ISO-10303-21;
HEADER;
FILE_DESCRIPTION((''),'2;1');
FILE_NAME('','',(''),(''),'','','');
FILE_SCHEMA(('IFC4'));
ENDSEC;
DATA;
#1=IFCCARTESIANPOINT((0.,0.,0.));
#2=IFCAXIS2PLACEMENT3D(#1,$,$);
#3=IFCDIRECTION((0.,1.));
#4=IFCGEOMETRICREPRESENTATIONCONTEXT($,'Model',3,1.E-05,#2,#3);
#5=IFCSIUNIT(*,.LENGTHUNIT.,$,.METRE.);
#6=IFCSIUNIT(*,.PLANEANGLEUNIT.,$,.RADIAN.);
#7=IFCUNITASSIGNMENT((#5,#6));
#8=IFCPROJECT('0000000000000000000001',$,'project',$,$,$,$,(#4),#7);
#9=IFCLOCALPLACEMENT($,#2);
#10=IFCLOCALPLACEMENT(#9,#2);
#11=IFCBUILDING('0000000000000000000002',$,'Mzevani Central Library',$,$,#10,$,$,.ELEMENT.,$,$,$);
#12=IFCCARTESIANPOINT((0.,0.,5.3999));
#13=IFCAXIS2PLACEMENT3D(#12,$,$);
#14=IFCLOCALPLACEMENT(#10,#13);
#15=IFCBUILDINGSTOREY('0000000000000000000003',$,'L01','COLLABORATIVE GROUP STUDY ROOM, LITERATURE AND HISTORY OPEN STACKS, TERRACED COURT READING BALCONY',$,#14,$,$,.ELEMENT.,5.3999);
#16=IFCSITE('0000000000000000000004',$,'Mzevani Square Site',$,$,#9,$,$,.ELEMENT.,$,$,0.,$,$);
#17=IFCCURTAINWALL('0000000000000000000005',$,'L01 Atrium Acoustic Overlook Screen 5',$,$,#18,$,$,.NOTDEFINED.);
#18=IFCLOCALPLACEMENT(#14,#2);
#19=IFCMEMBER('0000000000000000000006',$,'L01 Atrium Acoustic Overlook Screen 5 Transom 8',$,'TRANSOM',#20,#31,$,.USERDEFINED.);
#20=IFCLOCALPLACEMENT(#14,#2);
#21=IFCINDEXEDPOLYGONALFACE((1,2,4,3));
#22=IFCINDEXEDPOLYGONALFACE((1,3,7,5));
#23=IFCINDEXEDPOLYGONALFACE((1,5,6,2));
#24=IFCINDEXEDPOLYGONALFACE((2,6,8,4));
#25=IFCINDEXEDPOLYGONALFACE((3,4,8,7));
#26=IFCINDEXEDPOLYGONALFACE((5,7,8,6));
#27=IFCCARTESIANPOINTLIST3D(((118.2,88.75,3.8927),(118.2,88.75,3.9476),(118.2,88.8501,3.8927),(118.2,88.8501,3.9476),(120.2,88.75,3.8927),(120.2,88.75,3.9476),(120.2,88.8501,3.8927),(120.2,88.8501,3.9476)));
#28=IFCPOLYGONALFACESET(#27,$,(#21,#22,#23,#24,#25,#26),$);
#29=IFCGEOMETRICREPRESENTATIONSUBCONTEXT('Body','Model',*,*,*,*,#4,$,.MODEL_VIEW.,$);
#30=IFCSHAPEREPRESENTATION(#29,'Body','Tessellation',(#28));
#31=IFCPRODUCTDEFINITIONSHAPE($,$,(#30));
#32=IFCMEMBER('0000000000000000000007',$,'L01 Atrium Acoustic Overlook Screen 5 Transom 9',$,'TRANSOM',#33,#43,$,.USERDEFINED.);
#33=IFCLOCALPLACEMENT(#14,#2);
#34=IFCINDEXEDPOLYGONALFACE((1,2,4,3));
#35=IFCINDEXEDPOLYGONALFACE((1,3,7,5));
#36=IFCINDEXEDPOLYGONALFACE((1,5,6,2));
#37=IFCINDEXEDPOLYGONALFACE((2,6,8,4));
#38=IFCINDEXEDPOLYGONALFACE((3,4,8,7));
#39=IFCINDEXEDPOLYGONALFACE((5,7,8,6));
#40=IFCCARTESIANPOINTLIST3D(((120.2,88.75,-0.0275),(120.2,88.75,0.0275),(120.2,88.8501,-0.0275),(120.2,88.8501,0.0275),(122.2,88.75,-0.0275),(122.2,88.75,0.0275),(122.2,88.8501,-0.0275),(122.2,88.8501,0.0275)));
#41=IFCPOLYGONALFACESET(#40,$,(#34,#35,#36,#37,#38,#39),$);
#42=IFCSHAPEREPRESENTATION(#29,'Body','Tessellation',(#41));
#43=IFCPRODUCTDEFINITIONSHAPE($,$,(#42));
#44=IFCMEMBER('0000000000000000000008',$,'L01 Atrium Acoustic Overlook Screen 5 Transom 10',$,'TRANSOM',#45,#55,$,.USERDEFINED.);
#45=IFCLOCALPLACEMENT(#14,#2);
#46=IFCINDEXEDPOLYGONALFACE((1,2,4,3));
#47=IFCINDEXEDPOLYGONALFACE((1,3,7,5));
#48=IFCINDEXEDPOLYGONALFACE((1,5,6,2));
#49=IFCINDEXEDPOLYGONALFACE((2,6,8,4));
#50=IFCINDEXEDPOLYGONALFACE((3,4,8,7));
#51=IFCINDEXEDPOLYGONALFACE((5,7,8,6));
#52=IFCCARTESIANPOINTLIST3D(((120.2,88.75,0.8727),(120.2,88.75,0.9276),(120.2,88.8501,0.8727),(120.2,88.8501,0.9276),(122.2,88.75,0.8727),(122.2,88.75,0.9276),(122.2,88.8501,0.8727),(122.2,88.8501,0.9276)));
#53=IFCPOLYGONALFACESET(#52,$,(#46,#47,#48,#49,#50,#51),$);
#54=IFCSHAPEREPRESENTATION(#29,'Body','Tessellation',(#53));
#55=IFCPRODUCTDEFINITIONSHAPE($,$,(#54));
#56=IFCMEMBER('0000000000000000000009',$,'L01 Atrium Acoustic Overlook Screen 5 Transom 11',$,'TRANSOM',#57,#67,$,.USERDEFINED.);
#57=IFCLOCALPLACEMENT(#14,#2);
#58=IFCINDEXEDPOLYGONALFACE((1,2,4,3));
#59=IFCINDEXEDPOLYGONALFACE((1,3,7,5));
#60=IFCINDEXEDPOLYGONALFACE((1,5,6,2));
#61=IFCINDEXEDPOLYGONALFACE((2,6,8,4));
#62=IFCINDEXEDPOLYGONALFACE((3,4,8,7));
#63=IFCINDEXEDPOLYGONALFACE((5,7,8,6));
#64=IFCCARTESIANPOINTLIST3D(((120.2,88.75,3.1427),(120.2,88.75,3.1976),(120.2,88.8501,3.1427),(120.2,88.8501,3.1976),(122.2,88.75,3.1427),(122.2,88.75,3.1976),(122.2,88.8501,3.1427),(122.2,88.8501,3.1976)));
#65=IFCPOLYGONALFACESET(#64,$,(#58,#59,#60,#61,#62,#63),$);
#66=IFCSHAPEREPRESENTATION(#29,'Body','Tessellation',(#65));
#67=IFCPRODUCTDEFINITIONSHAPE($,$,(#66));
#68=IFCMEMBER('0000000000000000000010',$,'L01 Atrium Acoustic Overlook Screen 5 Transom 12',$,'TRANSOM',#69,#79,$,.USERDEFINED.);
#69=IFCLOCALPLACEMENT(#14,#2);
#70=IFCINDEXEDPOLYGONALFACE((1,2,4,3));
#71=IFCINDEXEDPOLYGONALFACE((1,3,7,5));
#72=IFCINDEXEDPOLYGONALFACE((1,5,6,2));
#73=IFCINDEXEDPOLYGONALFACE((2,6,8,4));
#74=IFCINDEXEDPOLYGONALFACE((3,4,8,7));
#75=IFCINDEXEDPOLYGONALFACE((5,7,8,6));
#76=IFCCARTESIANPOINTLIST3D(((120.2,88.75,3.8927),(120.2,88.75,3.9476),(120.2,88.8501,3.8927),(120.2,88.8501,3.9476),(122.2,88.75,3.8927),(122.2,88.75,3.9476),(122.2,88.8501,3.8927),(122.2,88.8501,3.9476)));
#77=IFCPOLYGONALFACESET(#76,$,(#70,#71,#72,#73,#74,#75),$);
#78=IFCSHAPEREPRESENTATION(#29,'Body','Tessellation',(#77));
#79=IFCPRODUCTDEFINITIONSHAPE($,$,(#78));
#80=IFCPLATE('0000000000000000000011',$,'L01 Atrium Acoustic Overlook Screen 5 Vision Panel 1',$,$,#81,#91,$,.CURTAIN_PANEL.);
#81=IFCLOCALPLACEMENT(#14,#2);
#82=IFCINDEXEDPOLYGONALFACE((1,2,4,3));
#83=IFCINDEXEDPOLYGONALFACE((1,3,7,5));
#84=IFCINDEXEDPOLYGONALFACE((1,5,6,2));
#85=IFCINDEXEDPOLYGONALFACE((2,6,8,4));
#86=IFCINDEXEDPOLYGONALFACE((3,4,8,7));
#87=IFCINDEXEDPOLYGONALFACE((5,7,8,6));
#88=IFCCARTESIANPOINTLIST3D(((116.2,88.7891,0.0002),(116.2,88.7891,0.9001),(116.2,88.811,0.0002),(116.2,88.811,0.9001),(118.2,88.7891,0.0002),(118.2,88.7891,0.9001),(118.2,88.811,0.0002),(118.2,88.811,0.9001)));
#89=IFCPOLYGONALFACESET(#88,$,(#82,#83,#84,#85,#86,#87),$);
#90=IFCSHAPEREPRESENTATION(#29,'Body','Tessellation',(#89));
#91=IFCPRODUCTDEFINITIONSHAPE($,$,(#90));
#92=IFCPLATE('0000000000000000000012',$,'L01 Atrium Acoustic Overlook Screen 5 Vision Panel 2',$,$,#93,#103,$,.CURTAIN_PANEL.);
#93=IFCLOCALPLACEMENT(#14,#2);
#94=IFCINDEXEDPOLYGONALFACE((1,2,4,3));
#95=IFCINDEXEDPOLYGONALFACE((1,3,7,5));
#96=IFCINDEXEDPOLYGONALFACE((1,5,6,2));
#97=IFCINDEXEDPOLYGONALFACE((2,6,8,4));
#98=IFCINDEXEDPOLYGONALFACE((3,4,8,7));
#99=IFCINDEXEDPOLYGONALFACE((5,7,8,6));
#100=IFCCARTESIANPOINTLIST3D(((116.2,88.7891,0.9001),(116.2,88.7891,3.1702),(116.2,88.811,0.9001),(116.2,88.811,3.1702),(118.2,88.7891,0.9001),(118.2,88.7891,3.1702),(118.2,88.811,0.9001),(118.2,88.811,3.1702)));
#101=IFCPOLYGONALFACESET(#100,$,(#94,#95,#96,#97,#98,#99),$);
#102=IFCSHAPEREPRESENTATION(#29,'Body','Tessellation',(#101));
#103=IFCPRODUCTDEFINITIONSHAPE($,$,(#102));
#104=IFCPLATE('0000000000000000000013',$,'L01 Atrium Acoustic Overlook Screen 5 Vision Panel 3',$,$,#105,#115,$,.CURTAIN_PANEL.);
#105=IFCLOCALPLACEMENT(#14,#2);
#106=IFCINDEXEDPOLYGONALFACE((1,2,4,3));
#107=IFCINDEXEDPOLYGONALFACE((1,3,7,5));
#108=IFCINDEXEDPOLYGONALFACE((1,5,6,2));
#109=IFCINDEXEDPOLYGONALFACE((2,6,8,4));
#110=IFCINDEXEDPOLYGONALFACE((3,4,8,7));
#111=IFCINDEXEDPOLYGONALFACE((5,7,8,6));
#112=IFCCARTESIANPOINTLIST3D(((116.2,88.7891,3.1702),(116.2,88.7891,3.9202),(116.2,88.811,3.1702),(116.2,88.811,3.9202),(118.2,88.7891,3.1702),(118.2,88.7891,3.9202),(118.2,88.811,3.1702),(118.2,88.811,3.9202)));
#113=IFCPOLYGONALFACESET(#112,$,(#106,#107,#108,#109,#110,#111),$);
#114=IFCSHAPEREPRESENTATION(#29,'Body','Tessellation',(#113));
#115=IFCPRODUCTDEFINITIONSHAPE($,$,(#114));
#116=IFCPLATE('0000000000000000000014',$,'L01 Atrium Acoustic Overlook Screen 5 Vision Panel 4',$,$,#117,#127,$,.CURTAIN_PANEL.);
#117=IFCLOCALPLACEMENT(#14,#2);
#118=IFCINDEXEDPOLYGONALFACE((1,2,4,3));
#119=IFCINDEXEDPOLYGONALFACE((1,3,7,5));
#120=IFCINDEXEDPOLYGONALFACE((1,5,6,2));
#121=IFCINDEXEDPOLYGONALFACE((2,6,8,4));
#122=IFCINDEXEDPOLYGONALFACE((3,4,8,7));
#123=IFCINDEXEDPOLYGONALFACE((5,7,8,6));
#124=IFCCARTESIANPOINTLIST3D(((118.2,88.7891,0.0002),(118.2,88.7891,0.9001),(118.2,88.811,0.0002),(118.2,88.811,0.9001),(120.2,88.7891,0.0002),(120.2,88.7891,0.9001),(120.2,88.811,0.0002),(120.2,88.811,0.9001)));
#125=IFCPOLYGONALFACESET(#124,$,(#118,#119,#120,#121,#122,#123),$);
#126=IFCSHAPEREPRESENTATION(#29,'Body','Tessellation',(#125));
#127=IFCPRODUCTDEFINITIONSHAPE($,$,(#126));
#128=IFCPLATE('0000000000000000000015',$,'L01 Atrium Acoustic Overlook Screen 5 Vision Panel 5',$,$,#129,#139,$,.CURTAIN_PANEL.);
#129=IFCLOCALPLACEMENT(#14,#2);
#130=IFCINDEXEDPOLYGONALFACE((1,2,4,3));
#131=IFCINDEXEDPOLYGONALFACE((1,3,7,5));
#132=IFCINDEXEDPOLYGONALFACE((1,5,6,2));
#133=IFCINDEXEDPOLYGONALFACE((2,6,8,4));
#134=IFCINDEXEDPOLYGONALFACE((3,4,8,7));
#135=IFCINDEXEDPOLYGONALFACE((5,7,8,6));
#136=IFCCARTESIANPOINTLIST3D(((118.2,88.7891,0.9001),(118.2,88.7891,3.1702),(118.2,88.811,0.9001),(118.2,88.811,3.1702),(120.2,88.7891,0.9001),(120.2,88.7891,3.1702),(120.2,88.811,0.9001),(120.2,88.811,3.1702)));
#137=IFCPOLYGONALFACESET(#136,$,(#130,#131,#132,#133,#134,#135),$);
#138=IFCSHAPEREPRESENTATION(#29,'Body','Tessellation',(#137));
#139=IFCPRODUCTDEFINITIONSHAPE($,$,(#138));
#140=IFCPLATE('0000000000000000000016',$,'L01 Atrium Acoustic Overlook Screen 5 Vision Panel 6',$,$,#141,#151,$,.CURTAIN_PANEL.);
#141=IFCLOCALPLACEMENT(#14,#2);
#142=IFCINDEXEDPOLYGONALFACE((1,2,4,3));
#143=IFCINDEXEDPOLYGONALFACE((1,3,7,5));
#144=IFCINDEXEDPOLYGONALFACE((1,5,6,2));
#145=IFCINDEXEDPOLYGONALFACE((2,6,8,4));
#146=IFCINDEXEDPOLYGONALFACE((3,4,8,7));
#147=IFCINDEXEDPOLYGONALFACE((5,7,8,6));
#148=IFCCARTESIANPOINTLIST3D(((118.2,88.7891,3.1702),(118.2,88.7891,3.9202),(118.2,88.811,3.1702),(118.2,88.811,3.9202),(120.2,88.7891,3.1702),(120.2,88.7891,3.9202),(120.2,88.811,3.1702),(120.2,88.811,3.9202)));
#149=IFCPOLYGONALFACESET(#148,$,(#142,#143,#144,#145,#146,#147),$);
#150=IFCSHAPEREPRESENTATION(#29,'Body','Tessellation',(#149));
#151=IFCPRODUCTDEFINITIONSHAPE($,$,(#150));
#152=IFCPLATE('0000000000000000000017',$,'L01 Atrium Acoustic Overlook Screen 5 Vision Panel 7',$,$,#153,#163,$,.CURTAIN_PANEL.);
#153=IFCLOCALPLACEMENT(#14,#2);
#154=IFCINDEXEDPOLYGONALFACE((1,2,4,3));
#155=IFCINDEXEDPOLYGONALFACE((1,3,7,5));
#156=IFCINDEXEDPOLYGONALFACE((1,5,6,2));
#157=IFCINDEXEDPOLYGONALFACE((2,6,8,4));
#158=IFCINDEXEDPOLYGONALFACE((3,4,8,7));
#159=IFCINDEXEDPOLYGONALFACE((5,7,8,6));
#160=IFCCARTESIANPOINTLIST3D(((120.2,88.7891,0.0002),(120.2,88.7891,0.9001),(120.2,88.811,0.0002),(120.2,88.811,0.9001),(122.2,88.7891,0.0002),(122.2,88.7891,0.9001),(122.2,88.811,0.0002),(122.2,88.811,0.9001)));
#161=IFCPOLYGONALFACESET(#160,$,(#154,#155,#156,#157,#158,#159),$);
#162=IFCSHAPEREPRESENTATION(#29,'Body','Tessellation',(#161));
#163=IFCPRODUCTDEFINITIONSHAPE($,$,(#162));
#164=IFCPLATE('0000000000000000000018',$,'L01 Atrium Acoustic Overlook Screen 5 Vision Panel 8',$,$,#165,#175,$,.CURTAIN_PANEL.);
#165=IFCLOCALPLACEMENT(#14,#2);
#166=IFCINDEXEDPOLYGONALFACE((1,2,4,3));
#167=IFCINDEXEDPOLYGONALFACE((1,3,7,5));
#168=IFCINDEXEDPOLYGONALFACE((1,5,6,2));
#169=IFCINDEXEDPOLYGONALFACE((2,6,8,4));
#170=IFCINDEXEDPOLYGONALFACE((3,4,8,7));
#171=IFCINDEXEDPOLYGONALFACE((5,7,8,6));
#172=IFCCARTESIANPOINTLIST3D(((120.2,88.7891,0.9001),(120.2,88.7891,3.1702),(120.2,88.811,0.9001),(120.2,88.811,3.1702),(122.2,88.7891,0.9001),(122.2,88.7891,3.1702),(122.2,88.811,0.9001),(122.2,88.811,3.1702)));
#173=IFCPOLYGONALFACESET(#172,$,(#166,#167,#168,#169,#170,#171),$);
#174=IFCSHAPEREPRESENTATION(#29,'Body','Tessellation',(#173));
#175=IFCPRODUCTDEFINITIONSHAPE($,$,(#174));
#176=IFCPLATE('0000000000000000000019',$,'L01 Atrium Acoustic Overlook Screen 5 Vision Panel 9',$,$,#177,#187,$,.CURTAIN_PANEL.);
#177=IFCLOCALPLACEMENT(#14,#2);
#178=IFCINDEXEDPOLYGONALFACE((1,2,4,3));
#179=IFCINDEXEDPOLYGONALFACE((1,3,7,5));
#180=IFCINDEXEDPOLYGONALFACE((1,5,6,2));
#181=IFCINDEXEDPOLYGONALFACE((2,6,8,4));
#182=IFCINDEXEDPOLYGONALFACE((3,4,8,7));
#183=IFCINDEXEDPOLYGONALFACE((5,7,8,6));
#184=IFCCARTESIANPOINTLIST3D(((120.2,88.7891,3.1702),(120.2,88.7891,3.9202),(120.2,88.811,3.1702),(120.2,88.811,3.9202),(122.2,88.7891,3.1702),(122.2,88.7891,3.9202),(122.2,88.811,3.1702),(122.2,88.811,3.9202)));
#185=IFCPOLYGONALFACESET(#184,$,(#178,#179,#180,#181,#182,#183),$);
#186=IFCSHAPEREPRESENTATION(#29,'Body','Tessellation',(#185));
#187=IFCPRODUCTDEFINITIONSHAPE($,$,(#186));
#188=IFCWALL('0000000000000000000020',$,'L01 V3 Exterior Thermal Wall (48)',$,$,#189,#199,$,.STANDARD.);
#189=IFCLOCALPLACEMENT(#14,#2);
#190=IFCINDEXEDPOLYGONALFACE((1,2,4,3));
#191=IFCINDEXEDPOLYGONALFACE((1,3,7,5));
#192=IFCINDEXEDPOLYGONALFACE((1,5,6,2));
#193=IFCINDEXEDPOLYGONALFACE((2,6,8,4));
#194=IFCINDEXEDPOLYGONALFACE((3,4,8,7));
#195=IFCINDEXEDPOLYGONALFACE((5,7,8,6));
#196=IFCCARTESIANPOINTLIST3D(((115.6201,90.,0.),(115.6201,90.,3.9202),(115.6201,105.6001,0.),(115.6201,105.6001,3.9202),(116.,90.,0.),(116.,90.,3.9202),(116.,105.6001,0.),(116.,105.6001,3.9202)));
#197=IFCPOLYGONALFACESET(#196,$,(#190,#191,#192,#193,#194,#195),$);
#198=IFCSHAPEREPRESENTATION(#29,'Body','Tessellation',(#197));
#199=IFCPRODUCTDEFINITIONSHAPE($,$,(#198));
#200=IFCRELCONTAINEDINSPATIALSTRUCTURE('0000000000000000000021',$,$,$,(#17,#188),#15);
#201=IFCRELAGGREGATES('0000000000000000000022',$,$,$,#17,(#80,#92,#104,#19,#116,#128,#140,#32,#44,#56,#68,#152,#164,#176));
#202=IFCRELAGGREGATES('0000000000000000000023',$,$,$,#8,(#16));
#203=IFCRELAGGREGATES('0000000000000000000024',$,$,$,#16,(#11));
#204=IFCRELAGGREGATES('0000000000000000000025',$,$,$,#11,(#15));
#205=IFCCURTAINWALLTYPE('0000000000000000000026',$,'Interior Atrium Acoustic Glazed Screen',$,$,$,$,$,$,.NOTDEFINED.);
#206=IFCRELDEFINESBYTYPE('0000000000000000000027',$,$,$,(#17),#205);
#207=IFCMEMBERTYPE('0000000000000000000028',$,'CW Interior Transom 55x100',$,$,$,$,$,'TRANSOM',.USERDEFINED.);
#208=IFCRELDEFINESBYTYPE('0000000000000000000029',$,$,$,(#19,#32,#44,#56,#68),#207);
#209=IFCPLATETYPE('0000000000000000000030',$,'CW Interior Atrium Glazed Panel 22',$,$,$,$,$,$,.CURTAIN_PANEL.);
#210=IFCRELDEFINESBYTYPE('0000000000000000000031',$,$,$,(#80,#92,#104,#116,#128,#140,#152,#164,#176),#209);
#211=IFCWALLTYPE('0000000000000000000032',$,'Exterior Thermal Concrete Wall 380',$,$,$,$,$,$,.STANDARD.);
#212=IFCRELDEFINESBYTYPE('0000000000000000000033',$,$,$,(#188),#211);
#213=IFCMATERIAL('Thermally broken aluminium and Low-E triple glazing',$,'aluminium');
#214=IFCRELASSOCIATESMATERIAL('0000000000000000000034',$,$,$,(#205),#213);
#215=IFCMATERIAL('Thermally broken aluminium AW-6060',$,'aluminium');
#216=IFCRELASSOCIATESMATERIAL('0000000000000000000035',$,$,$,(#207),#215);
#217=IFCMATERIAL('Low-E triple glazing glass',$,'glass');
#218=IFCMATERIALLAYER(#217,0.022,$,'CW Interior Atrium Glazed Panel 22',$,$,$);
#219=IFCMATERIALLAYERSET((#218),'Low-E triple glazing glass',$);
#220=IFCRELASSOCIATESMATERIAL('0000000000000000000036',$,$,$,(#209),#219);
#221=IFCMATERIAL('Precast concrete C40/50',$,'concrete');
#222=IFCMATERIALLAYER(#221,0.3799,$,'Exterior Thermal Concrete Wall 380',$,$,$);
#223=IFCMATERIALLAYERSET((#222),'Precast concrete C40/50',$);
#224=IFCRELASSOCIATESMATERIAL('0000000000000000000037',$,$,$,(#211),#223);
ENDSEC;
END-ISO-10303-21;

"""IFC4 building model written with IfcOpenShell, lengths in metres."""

from ifc_helpers import new_model, si_unit, direction, frame, frame_2d, origin, origin_2d, place, context, subcontext, project, spatial, rectangle, extrude, material, layer, layer_set, material_profile, profile_set, type_object, element, aggregate, save


model = new_model("IFC4")

# Units and contexts
model_context = context("Model", 3, precision=1e-05, world=origin(), true_north=direction((0.0, 1.0)))
body_context = subcontext(model_context, "Body", "Model", "MODEL_VIEW")
ifc_project = project(units=[si_unit("LENGTHUNIT", "METRE"), si_unit("PLANEANGLEUNIT", "RADIAN")], contexts=[model_context])

# Site, building, storey
site_placement = place(None, origin())
site = spatial("IfcSite", under=ifc_project, at=site_placement, Name="Mzevani Square Site", CompositionType="ELEMENT", RefElevation=0.0)
building_placement = place(site_placement, origin())
building = spatial("IfcBuilding", under=site, at=building_placement, Name="Mzevani Central Library", CompositionType="ELEMENT")
storey_placement = place(building_placement, frame((0.0, 0.0, 5.3999)))
storey = spatial("IfcBuildingStorey", under=building, at=storey_placement, Name="L01", Description="COLLABORATIVE GROUP STUDY ROOM, LITERATURE AND HISTORY OPEN STACKS, TERRACED COURT READING BALCONY", CompositionType="ELEMENT", Elevation=5.3999)

# Curtain wall, members, plates
ifc_material_1 = material(Name="Thermally broken aluminium and Low-E triple glazing", Category="aluminium")
curtain_wall_type = type_object("IfcCurtainWallType", Name="Interior Atrium Acoustic Glazed Screen", PredefinedType="NOTDEFINED", material=ifc_material_1)
curtain_wall_placement = place(storey_placement, origin())
curtain_wall = element("IfcCurtainWall", 1, at=curtain_wall_placement, inside=storey, type_object=curtain_wall_type, Name="L01 Atrium Acoustic Overlook Screen 5", PredefinedType="NOTDEFINED")
ifc_material_2 = material(Name="Thermally broken aluminium AW-6060", Category="aluminium")
ifc_material_profile_1 = material_profile(ifc_material_2, rectangle(XDim=0.1001, YDim=0.0549, at=origin_2d()), Name="ALU T55x100")
ifc_profile_set_1 = profile_set([ifc_material_profile_1], Name="Thermally broken aluminium AW-6060")
member_type_1 = type_object("IfcMemberType", Name="CW Interior Transom 55x100", ElementType="TRANSOM", PredefinedType="USERDEFINED", material=ifc_profile_set_1)
member_1_placement = place(storey_placement, frame((118.2, 88.8, 3.9202), z_axis=(1.0, 0.0, 0.0), x_axis=(0.0, 1.0, 0.0)))
member_1 = element("IfcMember", 2, at=member_1_placement, type_object=member_type_1, Name="L01 Atrium Acoustic Overlook Screen 5 Transom 8", ObjectType="TRANSOM", PredefinedType="USERDEFINED", context=body_context, shape_type="SweptSolid", body=[
    extrude(rectangle(XDim=0.1001, YDim=0.0549, at=origin_2d()), origin(), (0.0, 0.0, 1.0), 2.0),
])
member_2_placement = place(storey_placement, frame((120.2, 88.8, 0.0), z_axis=(1.0, 0.0, 0.0), x_axis=(0.0, 1.0, 0.0)))
member_2 = element("IfcMember", 3, at=member_2_placement, type_object=member_type_1, Name="L01 Atrium Acoustic Overlook Screen 5 Transom 9", ObjectType="TRANSOM", PredefinedType="USERDEFINED", context=body_context, shape_type="SweptSolid", body=[
    extrude(rectangle(XDim=0.1001, YDim=0.0549, at=origin_2d()), origin(), (0.0, 0.0, 1.0), 2.0),
])
member_3_placement = place(storey_placement, frame((120.2, 88.8, 0.9001), z_axis=(1.0, 0.0, 0.0), x_axis=(0.0, 1.0, 0.0)))
member_3 = element("IfcMember", 4, at=member_3_placement, type_object=member_type_1, Name="L01 Atrium Acoustic Overlook Screen 5 Transom 10", ObjectType="TRANSOM", PredefinedType="USERDEFINED", context=body_context, shape_type="SweptSolid", body=[
    extrude(rectangle(XDim=0.1001, YDim=0.0549, at=origin_2d()), origin(), (0.0, 0.0, 1.0), 2.0),
])
member_4_placement = place(storey_placement, frame((120.2, 88.8, 3.1702), z_axis=(1.0, 0.0, 0.0), x_axis=(0.0, 1.0, 0.0)))
member_4 = element("IfcMember", 5, at=member_4_placement, type_object=member_type_1, Name="L01 Atrium Acoustic Overlook Screen 5 Transom 11", ObjectType="TRANSOM", PredefinedType="USERDEFINED", context=body_context, shape_type="SweptSolid", body=[
    extrude(rectangle(XDim=0.1001, YDim=0.0549, at=origin_2d()), origin(), (0.0, 0.0, 1.0), 2.0),
])
member_5_placement = place(storey_placement, frame((120.2, 88.8, 3.9202), z_axis=(1.0, 0.0, 0.0), x_axis=(0.0, 1.0, 0.0)))
member_5 = element("IfcMember", 6, at=member_5_placement, type_object=member_type_1, Name="L01 Atrium Acoustic Overlook Screen 5 Transom 12", ObjectType="TRANSOM", PredefinedType="USERDEFINED", context=body_context, shape_type="SweptSolid", body=[
    extrude(rectangle(XDim=0.1001, YDim=0.0549, at=origin_2d()), origin(), (0.0, 0.0, 1.0), 2.0),
])
ifc_material_3 = material(Name="Low-E triple glazing glass", Category="glass")
ifc_layer_1 = layer(ifc_material_3, 0.022, Name="CW Interior Atrium Glazed Panel 22")
ifc_layer_set_1 = layer_set([ifc_layer_1], Name="Low-E triple glazing glass")
plate_type = type_object("IfcPlateType", Name="CW Interior Atrium Glazed Panel 22", PredefinedType="CURTAIN_PANEL", material=ifc_layer_set_1)
plate_1_placement = place(storey_placement, frame((117.2, 88.8, 0.0002), z_axis=(0.0, 0.0, 1.0), x_axis=(1.0, 0.0, 0.0)))
plate_1 = element("IfcPlate", 7, at=plate_1_placement, type_object=plate_type, Name="L01 Atrium Acoustic Overlook Screen 5 Vision Panel 1", PredefinedType="CURTAIN_PANEL", context=body_context, shape_type="SweptSolid", body=[
    extrude(rectangle(XDim=2.0, YDim=0.022, at=origin_2d()), origin(), (0.0, 0.0, 1.0), 0.8999),
])
plate_2_placement = place(storey_placement, frame((117.2, 88.8, 0.9001), z_axis=(0.0, 0.0, 1.0), x_axis=(1.0, 0.0, 0.0)))
plate_2 = element("IfcPlate", 8, at=plate_2_placement, type_object=plate_type, Name="L01 Atrium Acoustic Overlook Screen 5 Vision Panel 2", PredefinedType="CURTAIN_PANEL", context=body_context, shape_type="SweptSolid", body=[
    extrude(rectangle(XDim=2.0, YDim=0.022, at=origin_2d()), origin(), (0.0, 0.0, 1.0), 2.27),
])
plate_3_placement = place(storey_placement, frame((117.2, 88.8, 3.1702), z_axis=(0.0, 0.0, 1.0), x_axis=(1.0, 0.0, 0.0)))
plate_3 = element("IfcPlate", 9, at=plate_3_placement, type_object=plate_type, Name="L01 Atrium Acoustic Overlook Screen 5 Vision Panel 3", PredefinedType="CURTAIN_PANEL", context=body_context, shape_type="SweptSolid", body=[
    extrude(rectangle(XDim=2.0, YDim=0.022, at=origin_2d()), origin(), (0.0, 0.0, 1.0), 0.75),
])
plate_4_placement = place(storey_placement, frame((119.2, 88.8, 0.0002), z_axis=(0.0, 0.0, 1.0), x_axis=(1.0, 0.0, 0.0)))
plate_4 = element("IfcPlate", 10, at=plate_4_placement, type_object=plate_type, Name="L01 Atrium Acoustic Overlook Screen 5 Vision Panel 4", PredefinedType="CURTAIN_PANEL", context=body_context, shape_type="SweptSolid", body=[
    extrude(rectangle(XDim=2.0, YDim=0.022, at=origin_2d()), origin(), (0.0, 0.0, 1.0), 0.8999),
])
plate_5_placement = place(storey_placement, frame((119.2, 88.8, 0.9001), z_axis=(0.0, 0.0, 1.0), x_axis=(1.0, 0.0, 0.0)))
plate_5 = element("IfcPlate", 11, at=plate_5_placement, type_object=plate_type, Name="L01 Atrium Acoustic Overlook Screen 5 Vision Panel 5", PredefinedType="CURTAIN_PANEL", context=body_context, shape_type="SweptSolid", body=[
    extrude(rectangle(XDim=2.0, YDim=0.022, at=origin_2d()), origin(), (0.0, 0.0, 1.0), 2.27),
])
plate_6_placement = place(storey_placement, frame((119.2, 88.8, 3.1702), z_axis=(0.0, 0.0, 1.0), x_axis=(1.0, 0.0, 0.0)))
plate_6 = element("IfcPlate", 12, at=plate_6_placement, type_object=plate_type, Name="L01 Atrium Acoustic Overlook Screen 5 Vision Panel 6", PredefinedType="CURTAIN_PANEL", context=body_context, shape_type="SweptSolid", body=[
    extrude(rectangle(XDim=2.0, YDim=0.022, at=origin_2d()), origin(), (0.0, 0.0, 1.0), 0.75),
])
plate_7_placement = place(storey_placement, frame((121.2, 88.8, 0.0002), z_axis=(0.0, 0.0, 1.0), x_axis=(1.0, 0.0, 0.0)))
plate_7 = element("IfcPlate", 13, at=plate_7_placement, type_object=plate_type, Name="L01 Atrium Acoustic Overlook Screen 5 Vision Panel 7", PredefinedType="CURTAIN_PANEL", context=body_context, shape_type="SweptSolid", body=[
    extrude(rectangle(XDim=2.0, YDim=0.022, at=origin_2d()), origin(), (0.0, 0.0, 1.0), 0.8999),
])
plate_8_placement = place(storey_placement, frame((121.2, 88.8, 0.9001), z_axis=(0.0, 0.0, 1.0), x_axis=(1.0, 0.0, 0.0)))
plate_8 = element("IfcPlate", 14, at=plate_8_placement, type_object=plate_type, Name="L01 Atrium Acoustic Overlook Screen 5 Vision Panel 8", PredefinedType="CURTAIN_PANEL", context=body_context, shape_type="SweptSolid", body=[
    extrude(rectangle(XDim=2.0, YDim=0.022, at=origin_2d()), origin(), (0.0, 0.0, 1.0), 2.27),
])
plate_9_placement = place(storey_placement, frame((121.2, 88.8, 3.1702), z_axis=(0.0, 0.0, 1.0), x_axis=(1.0, 0.0, 0.0)))
plate_9 = element("IfcPlate", 15, at=plate_9_placement, type_object=plate_type, Name="L01 Atrium Acoustic Overlook Screen 5 Vision Panel 9", PredefinedType="CURTAIN_PANEL", context=body_context, shape_type="SweptSolid", body=[
    extrude(rectangle(XDim=2.0, YDim=0.022, at=origin_2d()), origin(), (0.0, 0.0, 1.0), 0.75),
])
aggregate(curtain_wall, [plate_1, plate_2, plate_3, member_1, plate_4, plate_5, plate_6, member_2, member_3, member_4, member_5, plate_7, plate_8, plate_9])

# Wall
ifc_material_4 = material(Name="Precast concrete C40/50", Category="concrete")
ifc_layer_2 = layer(ifc_material_4, 0.3799, Name="Exterior Thermal Concrete Wall 380")
ifc_layer_set_2 = layer_set([ifc_layer_2], Name="Precast concrete C40/50")
wall_type = type_object("IfcWallType", Name="Exterior Thermal Concrete Wall 380", PredefinedType="STANDARD", material=ifc_layer_set_2)
wall_1_placement = place(storey_placement, frame((115.8101, 105.6001, 0.0), z_axis=(0.0, 0.0, 1.0), x_axis=(0.0, -1.0, 0.0)))
element("IfcWall", 16, at=wall_1_placement, inside=storey, type_object=wall_type, Name="L01 V3 Exterior Thermal Wall (48)", PredefinedType="STANDARD", context=body_context, shape_type="SweptSolid", body=[
    extrude(rectangle(XDim=15.6001, YDim=0.3799, at=frame_2d((7.8, 0.0))), origin(), (0.0, 0.0, 1.0), 3.9202),
])

save(model, "model.ifc")
